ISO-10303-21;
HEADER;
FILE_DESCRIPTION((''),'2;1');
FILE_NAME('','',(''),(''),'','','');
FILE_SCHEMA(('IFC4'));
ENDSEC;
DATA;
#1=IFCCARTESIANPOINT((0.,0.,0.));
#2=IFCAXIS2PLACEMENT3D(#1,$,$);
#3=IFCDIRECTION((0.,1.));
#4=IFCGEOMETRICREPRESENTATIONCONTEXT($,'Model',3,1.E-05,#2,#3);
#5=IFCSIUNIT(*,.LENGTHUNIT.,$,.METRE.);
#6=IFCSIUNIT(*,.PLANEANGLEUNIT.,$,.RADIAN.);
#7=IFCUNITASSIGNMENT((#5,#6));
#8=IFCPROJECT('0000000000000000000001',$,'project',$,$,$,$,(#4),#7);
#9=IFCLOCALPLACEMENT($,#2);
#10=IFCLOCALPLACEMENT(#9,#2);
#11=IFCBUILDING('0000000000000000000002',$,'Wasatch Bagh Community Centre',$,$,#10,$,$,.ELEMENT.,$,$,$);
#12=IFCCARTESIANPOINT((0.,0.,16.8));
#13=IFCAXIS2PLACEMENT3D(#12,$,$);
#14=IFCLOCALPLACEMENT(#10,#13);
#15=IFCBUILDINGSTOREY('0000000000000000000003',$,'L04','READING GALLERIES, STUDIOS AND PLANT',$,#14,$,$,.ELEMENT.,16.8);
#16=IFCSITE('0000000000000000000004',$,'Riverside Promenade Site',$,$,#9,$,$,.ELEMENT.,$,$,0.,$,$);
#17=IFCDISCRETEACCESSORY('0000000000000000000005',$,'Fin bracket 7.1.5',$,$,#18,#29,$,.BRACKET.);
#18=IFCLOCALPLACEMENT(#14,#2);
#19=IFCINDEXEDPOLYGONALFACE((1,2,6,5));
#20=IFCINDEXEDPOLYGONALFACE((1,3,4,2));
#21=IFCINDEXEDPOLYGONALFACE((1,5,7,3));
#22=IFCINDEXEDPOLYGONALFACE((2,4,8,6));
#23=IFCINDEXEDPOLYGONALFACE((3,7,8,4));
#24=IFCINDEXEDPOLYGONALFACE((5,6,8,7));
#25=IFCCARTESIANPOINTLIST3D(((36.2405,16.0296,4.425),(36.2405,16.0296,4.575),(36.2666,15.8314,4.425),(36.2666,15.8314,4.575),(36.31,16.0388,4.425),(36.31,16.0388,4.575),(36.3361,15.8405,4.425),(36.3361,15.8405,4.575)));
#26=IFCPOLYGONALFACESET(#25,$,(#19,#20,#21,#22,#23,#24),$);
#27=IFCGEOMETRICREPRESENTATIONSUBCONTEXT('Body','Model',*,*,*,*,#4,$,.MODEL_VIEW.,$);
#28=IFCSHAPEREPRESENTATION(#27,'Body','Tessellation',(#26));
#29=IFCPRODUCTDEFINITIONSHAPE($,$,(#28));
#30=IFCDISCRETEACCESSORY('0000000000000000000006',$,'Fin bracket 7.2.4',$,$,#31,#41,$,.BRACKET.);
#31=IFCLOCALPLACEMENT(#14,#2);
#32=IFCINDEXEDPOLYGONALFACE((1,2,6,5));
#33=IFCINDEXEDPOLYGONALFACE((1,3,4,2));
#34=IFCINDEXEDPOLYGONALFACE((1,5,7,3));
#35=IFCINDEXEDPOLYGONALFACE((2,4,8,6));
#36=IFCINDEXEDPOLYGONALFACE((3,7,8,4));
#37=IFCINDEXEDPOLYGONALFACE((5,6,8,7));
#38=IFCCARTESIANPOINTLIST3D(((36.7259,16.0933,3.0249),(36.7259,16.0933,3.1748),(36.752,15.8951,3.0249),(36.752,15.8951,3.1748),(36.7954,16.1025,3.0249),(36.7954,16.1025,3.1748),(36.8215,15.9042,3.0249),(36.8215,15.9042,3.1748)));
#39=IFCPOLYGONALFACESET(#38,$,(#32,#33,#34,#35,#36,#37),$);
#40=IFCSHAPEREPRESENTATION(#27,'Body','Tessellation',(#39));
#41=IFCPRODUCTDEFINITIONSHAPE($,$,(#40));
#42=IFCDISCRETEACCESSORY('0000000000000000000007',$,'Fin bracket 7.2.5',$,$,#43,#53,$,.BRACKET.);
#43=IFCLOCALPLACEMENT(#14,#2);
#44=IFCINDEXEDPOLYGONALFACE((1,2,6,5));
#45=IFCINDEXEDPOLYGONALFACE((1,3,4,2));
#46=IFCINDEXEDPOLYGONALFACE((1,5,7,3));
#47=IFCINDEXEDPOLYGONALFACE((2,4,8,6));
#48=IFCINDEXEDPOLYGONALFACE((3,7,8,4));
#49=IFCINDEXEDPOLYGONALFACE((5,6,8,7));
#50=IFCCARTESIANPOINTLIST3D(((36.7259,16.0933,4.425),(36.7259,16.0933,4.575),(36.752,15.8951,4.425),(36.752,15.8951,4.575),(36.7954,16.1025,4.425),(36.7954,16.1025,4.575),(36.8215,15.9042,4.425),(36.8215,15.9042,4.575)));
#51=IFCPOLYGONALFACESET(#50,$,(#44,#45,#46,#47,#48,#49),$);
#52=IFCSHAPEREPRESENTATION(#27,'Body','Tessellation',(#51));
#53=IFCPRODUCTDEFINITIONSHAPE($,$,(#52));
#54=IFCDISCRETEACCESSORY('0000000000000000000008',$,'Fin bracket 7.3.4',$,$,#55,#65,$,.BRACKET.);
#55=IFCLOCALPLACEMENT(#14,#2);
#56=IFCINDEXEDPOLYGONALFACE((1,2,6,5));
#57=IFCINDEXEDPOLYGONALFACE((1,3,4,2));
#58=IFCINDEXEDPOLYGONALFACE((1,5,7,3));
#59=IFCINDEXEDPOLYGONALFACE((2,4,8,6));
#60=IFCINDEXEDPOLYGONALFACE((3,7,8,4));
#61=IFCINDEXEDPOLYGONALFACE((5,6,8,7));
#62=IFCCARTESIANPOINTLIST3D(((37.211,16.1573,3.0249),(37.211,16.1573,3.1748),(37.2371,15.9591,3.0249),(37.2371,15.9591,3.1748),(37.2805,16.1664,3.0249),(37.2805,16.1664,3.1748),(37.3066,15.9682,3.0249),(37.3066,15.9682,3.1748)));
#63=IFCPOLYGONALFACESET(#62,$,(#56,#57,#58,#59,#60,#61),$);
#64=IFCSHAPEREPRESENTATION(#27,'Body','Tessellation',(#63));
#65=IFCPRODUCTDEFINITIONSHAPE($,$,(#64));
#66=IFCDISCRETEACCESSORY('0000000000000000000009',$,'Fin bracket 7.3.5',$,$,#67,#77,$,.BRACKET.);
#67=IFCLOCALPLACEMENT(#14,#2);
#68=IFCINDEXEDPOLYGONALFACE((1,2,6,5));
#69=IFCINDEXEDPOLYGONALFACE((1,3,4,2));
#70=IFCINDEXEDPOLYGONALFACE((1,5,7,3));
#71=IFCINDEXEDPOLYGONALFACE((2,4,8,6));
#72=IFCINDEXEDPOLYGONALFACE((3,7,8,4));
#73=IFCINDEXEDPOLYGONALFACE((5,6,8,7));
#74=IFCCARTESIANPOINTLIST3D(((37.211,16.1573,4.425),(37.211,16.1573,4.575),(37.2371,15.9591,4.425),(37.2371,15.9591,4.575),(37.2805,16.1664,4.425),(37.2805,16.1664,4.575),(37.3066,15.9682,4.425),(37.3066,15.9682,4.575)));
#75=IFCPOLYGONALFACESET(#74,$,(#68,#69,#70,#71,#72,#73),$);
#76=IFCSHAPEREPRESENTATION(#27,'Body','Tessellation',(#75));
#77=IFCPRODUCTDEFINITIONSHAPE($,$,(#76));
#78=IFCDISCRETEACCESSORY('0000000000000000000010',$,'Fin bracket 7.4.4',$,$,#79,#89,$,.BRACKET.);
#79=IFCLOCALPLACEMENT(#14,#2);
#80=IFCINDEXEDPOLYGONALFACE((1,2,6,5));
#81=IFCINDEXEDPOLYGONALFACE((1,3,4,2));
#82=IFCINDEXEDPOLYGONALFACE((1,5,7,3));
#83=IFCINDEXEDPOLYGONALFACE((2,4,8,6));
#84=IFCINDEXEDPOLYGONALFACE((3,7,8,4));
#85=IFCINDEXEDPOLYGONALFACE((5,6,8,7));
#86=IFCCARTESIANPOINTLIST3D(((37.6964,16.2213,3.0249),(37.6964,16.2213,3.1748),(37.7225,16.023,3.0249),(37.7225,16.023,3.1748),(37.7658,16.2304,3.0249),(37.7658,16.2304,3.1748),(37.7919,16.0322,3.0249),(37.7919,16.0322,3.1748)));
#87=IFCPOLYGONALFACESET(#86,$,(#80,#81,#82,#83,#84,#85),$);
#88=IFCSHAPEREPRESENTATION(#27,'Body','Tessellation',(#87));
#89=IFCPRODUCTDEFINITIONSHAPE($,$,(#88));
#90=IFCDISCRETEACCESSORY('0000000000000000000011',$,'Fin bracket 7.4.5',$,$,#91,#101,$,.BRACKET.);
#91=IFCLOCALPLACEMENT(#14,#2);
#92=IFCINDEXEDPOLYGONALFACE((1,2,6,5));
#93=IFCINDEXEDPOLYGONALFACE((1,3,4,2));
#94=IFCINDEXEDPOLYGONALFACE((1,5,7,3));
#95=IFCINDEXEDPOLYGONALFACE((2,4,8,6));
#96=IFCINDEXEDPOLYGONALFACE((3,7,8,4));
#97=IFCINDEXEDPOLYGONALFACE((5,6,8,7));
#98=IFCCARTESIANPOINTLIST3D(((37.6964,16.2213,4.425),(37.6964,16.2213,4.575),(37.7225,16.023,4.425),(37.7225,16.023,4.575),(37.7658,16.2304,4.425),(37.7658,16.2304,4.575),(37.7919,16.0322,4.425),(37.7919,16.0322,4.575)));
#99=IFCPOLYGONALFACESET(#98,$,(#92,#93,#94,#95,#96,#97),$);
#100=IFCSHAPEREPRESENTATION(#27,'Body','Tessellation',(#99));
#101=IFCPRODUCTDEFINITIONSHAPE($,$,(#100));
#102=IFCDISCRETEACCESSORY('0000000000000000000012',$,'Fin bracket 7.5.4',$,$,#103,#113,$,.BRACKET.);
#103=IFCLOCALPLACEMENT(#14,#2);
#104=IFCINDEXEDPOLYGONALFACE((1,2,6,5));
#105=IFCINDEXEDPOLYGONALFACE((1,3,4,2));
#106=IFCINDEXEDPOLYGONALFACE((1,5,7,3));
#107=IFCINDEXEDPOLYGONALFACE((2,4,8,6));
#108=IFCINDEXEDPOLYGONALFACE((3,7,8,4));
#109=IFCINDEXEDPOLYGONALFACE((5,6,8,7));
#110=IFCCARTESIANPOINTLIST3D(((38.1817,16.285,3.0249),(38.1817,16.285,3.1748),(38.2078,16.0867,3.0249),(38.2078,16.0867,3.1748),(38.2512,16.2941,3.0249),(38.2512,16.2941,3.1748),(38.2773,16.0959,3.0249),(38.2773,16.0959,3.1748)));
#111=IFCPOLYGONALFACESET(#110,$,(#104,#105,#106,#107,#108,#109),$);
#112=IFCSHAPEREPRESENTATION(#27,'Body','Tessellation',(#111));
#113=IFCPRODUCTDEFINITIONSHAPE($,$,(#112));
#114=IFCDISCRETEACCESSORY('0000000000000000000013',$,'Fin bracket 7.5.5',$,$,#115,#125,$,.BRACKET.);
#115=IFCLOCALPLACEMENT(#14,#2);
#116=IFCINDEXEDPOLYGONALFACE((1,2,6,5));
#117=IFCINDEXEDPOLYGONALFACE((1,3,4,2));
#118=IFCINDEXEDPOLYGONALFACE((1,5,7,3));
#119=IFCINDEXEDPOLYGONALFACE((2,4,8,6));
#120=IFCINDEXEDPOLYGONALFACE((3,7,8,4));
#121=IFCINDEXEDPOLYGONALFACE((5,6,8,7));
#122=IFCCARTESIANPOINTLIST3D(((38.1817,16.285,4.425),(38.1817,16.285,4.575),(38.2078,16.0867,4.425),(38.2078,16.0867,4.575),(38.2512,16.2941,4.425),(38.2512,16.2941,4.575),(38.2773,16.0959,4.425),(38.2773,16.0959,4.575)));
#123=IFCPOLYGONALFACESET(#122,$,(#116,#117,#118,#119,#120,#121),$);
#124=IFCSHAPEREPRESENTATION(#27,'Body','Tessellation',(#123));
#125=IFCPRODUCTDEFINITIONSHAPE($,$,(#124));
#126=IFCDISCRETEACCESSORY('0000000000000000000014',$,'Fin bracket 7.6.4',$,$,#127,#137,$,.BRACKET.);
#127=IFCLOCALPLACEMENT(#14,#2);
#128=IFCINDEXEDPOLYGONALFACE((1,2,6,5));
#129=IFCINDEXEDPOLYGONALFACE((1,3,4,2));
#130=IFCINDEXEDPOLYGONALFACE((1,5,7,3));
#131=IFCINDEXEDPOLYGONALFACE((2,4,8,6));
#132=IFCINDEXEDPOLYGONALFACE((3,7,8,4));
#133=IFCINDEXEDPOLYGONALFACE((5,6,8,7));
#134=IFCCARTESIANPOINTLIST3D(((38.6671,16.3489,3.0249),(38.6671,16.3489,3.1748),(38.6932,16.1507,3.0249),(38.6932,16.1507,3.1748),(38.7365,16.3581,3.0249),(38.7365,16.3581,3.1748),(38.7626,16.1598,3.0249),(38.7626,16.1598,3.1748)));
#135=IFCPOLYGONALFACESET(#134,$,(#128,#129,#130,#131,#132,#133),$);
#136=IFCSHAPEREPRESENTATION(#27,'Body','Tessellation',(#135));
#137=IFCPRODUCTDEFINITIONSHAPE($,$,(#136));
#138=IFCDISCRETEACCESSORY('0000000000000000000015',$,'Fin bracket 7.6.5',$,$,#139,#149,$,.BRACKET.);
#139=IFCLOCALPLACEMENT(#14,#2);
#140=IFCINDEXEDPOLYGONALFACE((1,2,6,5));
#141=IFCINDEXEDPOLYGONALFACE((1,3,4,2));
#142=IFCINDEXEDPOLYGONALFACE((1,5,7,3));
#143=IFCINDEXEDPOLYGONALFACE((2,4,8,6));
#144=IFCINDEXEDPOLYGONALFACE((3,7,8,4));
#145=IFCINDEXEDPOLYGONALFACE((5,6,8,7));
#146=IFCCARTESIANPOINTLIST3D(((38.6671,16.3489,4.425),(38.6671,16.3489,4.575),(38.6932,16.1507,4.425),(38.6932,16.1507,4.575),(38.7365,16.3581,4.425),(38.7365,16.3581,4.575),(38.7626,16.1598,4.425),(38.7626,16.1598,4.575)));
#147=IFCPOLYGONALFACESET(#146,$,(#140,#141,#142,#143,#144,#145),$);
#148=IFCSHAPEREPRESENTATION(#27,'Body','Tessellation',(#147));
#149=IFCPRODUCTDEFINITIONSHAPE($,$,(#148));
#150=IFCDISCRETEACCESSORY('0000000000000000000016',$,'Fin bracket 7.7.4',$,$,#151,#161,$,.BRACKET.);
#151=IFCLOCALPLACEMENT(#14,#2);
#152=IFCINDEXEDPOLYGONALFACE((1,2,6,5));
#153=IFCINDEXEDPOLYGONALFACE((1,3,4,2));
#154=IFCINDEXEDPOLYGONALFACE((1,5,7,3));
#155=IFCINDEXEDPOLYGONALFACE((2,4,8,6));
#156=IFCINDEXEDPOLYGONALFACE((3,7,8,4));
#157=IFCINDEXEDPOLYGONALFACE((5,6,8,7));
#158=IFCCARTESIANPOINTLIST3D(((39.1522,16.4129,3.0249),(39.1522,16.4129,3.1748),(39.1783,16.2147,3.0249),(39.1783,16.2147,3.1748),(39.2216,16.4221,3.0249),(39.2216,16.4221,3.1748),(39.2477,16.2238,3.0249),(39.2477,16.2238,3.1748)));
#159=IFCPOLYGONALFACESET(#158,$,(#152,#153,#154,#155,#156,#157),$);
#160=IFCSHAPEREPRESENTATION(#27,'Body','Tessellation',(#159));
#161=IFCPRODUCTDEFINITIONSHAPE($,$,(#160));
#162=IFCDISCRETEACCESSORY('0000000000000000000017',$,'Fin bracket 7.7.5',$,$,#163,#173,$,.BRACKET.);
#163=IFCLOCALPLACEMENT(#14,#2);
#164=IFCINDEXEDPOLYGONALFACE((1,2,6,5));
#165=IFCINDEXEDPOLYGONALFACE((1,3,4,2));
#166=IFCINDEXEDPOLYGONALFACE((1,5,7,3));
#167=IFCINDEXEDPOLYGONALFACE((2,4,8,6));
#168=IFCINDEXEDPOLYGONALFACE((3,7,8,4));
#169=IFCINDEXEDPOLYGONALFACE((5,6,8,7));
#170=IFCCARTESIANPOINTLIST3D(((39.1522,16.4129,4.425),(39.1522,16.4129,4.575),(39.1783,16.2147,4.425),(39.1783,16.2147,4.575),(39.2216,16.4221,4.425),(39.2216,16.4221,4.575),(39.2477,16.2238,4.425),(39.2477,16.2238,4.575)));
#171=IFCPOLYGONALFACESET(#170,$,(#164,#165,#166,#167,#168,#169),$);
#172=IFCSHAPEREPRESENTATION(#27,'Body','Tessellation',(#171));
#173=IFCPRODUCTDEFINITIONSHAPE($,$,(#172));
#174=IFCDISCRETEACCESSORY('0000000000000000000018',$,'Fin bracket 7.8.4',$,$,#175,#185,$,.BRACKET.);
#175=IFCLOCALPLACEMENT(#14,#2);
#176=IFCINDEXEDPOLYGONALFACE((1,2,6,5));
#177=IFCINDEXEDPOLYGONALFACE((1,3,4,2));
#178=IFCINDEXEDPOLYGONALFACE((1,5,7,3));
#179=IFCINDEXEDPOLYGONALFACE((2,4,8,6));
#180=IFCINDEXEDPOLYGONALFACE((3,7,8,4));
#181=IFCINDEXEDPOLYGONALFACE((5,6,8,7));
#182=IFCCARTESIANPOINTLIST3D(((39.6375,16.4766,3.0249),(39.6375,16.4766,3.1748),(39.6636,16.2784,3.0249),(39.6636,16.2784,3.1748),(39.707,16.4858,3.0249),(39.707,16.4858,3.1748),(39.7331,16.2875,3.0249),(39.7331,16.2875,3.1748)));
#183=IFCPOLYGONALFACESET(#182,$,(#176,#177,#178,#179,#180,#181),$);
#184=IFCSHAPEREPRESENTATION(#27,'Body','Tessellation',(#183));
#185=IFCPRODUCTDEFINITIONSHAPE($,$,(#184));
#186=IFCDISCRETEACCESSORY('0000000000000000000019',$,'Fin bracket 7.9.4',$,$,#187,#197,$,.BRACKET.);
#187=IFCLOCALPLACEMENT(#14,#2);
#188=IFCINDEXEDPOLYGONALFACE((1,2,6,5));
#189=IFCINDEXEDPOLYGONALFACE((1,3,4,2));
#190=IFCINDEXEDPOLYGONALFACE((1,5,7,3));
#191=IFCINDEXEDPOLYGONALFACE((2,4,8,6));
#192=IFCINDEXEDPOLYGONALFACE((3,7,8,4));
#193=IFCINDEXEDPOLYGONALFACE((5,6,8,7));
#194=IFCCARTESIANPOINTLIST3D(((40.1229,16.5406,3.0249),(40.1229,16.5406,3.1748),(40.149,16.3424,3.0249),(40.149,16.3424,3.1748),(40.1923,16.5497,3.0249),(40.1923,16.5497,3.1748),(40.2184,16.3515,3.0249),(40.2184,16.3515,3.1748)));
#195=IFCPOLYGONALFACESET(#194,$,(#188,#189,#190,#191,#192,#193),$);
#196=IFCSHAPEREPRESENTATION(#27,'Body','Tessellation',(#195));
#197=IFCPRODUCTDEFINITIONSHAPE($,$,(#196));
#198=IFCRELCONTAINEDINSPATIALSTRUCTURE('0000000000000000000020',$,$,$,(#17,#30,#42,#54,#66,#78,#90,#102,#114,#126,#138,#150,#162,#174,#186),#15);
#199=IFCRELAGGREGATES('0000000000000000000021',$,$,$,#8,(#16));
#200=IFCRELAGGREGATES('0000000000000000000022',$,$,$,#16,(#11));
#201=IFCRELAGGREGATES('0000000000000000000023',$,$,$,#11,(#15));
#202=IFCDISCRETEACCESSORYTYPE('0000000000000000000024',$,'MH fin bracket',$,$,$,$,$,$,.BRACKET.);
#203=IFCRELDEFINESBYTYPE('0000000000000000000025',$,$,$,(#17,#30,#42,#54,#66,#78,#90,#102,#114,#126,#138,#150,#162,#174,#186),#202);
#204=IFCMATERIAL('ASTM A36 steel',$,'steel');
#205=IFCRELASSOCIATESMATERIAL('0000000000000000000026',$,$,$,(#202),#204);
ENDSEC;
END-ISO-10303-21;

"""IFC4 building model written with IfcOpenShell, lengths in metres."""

from ifc_helpers import new_model, si_unit, direction, frame, origin, origin_2d, place, context, subcontext, project, spatial, rectangle, extrude, material, type_object, element, save


model = new_model("IFC4")

# Units and contexts
model_context = context("Model", 3, precision=1e-05, world=origin(), true_north=direction((0.0, 1.0)))
body_context = subcontext(model_context, "Body", "Model", "MODEL_VIEW")
ifc_project = project(units=[si_unit("LENGTHUNIT", "METRE"), si_unit("PLANEANGLEUNIT", "RADIAN")], contexts=[model_context])

# Site, building, storey
site_placement = place(None, origin())
site = spatial("IfcSite", under=ifc_project, at=site_placement, Name="Riverside Promenade Site", CompositionType="ELEMENT", RefElevation=0.0)
building_placement = place(site_placement, origin())
building = spatial("IfcBuilding", under=site, at=building_placement, Name="Wasatch Bagh Community Centre", CompositionType="ELEMENT")
storey_placement = place(building_placement, frame((0.0, 0.0, 16.8)))
storey = spatial("IfcBuildingStorey", under=building, at=storey_placement, Name="L04", Description="READING GALLERIES, STUDIOS AND PLANT", CompositionType="ELEMENT", Elevation=16.8)

# Discrete accessories
ifc_material_1 = material(Name="ASTM A36 steel", Category="steel")
discrete_accessory_type = type_object("IfcDiscreteAccessoryType", Name="MH fin bracket", PredefinedType="BRACKET", material=ifc_material_1)
for number, where, z_axis, x_axis, name in (
    (1, (36.2883, 15.9351, 4.425), (0.0, 0.0, 1.0), (0.991445, 0.130526, 0.0), "Fin bracket 7.1.5"),
    (2, (36.7737, 15.9988, 3.0249), (0.0, 0.0, 1.0), (0.991445, 0.130526, 0.0), "Fin bracket 7.2.4"),
    (3, (36.7737, 15.9988, 4.425), (0.0, 0.0, 1.0), (0.991445, 0.130526, 0.0), "Fin bracket 7.2.5"),
    (4, (37.2588, 16.0627, 3.0249), (0.0, 0.0, 1.0), (0.991445, 0.130526, 0.0), "Fin bracket 7.3.4"),
    (5, (37.2588, 16.0627, 4.425), (0.0, 0.0, 1.0), (0.991445, 0.130526, 0.0), "Fin bracket 7.3.5"),
    (6, (37.7441, 16.1267, 3.0249), (0.0, 0.0, 1.0), (0.991445, 0.130526, 0.0), "Fin bracket 7.4.4"),
    (7, (37.7441, 16.1267, 4.425), (0.0, 0.0, 1.0), (0.991445, 0.130526, 0.0), "Fin bracket 7.4.5"),
    (8, (38.2295, 16.1904, 3.0249), (0.0, 0.0, 1.0), (0.991445, 0.130526, 0.0), "Fin bracket 7.5.4"),
    (9, (38.2295, 16.1904, 4.425), (0.0, 0.0, 1.0), (0.991445, 0.130526, 0.0), "Fin bracket 7.5.5"),
    (10, (38.7148, 16.2544, 3.0249), (0.0, 0.0, 1.0), (0.991445, 0.130526, 0.0), "Fin bracket 7.6.4"),
    (11, (38.7148, 16.2544, 4.425), (0.0, 0.0, 1.0), (0.991445, 0.130526, 0.0), "Fin bracket 7.6.5"),
    (12, (39.2, 16.3184, 3.0249), (0.0, 0.0, 1.0), (0.991445, 0.130526, 0.0), "Fin bracket 7.7.4"),
    (13, (39.2, 16.3184, 4.425), (0.0, 0.0, 1.0), (0.991445, 0.130526, 0.0), "Fin bracket 7.7.5"),
    (14, (39.6853, 16.3821, 3.0249), (0.0, 0.0, 1.0), (0.991445, 0.130526, 0.0), "Fin bracket 7.8.4"),
    (15, (40.1707, 16.446, 3.0249), (0.0, 0.0, 1.0), (0.991445, 0.130526, 0.0), "Fin bracket 7.9.4"),
):
    element("IfcDiscreteAccessory", number, at=place(storey_placement, frame(where, z_axis=z_axis, x_axis=x_axis)), inside=storey, type_object=discrete_accessory_type, Name=name, PredefinedType="BRACKET", context=body_context, shape_type="SweptSolid", body=[
        extrude(rectangle(XDim=0.0701, YDim=0.2, at=origin_2d()), origin(), (0.0, 0.0, 1.0), 0.1499),
    ])

save(model, "model.ifc")
